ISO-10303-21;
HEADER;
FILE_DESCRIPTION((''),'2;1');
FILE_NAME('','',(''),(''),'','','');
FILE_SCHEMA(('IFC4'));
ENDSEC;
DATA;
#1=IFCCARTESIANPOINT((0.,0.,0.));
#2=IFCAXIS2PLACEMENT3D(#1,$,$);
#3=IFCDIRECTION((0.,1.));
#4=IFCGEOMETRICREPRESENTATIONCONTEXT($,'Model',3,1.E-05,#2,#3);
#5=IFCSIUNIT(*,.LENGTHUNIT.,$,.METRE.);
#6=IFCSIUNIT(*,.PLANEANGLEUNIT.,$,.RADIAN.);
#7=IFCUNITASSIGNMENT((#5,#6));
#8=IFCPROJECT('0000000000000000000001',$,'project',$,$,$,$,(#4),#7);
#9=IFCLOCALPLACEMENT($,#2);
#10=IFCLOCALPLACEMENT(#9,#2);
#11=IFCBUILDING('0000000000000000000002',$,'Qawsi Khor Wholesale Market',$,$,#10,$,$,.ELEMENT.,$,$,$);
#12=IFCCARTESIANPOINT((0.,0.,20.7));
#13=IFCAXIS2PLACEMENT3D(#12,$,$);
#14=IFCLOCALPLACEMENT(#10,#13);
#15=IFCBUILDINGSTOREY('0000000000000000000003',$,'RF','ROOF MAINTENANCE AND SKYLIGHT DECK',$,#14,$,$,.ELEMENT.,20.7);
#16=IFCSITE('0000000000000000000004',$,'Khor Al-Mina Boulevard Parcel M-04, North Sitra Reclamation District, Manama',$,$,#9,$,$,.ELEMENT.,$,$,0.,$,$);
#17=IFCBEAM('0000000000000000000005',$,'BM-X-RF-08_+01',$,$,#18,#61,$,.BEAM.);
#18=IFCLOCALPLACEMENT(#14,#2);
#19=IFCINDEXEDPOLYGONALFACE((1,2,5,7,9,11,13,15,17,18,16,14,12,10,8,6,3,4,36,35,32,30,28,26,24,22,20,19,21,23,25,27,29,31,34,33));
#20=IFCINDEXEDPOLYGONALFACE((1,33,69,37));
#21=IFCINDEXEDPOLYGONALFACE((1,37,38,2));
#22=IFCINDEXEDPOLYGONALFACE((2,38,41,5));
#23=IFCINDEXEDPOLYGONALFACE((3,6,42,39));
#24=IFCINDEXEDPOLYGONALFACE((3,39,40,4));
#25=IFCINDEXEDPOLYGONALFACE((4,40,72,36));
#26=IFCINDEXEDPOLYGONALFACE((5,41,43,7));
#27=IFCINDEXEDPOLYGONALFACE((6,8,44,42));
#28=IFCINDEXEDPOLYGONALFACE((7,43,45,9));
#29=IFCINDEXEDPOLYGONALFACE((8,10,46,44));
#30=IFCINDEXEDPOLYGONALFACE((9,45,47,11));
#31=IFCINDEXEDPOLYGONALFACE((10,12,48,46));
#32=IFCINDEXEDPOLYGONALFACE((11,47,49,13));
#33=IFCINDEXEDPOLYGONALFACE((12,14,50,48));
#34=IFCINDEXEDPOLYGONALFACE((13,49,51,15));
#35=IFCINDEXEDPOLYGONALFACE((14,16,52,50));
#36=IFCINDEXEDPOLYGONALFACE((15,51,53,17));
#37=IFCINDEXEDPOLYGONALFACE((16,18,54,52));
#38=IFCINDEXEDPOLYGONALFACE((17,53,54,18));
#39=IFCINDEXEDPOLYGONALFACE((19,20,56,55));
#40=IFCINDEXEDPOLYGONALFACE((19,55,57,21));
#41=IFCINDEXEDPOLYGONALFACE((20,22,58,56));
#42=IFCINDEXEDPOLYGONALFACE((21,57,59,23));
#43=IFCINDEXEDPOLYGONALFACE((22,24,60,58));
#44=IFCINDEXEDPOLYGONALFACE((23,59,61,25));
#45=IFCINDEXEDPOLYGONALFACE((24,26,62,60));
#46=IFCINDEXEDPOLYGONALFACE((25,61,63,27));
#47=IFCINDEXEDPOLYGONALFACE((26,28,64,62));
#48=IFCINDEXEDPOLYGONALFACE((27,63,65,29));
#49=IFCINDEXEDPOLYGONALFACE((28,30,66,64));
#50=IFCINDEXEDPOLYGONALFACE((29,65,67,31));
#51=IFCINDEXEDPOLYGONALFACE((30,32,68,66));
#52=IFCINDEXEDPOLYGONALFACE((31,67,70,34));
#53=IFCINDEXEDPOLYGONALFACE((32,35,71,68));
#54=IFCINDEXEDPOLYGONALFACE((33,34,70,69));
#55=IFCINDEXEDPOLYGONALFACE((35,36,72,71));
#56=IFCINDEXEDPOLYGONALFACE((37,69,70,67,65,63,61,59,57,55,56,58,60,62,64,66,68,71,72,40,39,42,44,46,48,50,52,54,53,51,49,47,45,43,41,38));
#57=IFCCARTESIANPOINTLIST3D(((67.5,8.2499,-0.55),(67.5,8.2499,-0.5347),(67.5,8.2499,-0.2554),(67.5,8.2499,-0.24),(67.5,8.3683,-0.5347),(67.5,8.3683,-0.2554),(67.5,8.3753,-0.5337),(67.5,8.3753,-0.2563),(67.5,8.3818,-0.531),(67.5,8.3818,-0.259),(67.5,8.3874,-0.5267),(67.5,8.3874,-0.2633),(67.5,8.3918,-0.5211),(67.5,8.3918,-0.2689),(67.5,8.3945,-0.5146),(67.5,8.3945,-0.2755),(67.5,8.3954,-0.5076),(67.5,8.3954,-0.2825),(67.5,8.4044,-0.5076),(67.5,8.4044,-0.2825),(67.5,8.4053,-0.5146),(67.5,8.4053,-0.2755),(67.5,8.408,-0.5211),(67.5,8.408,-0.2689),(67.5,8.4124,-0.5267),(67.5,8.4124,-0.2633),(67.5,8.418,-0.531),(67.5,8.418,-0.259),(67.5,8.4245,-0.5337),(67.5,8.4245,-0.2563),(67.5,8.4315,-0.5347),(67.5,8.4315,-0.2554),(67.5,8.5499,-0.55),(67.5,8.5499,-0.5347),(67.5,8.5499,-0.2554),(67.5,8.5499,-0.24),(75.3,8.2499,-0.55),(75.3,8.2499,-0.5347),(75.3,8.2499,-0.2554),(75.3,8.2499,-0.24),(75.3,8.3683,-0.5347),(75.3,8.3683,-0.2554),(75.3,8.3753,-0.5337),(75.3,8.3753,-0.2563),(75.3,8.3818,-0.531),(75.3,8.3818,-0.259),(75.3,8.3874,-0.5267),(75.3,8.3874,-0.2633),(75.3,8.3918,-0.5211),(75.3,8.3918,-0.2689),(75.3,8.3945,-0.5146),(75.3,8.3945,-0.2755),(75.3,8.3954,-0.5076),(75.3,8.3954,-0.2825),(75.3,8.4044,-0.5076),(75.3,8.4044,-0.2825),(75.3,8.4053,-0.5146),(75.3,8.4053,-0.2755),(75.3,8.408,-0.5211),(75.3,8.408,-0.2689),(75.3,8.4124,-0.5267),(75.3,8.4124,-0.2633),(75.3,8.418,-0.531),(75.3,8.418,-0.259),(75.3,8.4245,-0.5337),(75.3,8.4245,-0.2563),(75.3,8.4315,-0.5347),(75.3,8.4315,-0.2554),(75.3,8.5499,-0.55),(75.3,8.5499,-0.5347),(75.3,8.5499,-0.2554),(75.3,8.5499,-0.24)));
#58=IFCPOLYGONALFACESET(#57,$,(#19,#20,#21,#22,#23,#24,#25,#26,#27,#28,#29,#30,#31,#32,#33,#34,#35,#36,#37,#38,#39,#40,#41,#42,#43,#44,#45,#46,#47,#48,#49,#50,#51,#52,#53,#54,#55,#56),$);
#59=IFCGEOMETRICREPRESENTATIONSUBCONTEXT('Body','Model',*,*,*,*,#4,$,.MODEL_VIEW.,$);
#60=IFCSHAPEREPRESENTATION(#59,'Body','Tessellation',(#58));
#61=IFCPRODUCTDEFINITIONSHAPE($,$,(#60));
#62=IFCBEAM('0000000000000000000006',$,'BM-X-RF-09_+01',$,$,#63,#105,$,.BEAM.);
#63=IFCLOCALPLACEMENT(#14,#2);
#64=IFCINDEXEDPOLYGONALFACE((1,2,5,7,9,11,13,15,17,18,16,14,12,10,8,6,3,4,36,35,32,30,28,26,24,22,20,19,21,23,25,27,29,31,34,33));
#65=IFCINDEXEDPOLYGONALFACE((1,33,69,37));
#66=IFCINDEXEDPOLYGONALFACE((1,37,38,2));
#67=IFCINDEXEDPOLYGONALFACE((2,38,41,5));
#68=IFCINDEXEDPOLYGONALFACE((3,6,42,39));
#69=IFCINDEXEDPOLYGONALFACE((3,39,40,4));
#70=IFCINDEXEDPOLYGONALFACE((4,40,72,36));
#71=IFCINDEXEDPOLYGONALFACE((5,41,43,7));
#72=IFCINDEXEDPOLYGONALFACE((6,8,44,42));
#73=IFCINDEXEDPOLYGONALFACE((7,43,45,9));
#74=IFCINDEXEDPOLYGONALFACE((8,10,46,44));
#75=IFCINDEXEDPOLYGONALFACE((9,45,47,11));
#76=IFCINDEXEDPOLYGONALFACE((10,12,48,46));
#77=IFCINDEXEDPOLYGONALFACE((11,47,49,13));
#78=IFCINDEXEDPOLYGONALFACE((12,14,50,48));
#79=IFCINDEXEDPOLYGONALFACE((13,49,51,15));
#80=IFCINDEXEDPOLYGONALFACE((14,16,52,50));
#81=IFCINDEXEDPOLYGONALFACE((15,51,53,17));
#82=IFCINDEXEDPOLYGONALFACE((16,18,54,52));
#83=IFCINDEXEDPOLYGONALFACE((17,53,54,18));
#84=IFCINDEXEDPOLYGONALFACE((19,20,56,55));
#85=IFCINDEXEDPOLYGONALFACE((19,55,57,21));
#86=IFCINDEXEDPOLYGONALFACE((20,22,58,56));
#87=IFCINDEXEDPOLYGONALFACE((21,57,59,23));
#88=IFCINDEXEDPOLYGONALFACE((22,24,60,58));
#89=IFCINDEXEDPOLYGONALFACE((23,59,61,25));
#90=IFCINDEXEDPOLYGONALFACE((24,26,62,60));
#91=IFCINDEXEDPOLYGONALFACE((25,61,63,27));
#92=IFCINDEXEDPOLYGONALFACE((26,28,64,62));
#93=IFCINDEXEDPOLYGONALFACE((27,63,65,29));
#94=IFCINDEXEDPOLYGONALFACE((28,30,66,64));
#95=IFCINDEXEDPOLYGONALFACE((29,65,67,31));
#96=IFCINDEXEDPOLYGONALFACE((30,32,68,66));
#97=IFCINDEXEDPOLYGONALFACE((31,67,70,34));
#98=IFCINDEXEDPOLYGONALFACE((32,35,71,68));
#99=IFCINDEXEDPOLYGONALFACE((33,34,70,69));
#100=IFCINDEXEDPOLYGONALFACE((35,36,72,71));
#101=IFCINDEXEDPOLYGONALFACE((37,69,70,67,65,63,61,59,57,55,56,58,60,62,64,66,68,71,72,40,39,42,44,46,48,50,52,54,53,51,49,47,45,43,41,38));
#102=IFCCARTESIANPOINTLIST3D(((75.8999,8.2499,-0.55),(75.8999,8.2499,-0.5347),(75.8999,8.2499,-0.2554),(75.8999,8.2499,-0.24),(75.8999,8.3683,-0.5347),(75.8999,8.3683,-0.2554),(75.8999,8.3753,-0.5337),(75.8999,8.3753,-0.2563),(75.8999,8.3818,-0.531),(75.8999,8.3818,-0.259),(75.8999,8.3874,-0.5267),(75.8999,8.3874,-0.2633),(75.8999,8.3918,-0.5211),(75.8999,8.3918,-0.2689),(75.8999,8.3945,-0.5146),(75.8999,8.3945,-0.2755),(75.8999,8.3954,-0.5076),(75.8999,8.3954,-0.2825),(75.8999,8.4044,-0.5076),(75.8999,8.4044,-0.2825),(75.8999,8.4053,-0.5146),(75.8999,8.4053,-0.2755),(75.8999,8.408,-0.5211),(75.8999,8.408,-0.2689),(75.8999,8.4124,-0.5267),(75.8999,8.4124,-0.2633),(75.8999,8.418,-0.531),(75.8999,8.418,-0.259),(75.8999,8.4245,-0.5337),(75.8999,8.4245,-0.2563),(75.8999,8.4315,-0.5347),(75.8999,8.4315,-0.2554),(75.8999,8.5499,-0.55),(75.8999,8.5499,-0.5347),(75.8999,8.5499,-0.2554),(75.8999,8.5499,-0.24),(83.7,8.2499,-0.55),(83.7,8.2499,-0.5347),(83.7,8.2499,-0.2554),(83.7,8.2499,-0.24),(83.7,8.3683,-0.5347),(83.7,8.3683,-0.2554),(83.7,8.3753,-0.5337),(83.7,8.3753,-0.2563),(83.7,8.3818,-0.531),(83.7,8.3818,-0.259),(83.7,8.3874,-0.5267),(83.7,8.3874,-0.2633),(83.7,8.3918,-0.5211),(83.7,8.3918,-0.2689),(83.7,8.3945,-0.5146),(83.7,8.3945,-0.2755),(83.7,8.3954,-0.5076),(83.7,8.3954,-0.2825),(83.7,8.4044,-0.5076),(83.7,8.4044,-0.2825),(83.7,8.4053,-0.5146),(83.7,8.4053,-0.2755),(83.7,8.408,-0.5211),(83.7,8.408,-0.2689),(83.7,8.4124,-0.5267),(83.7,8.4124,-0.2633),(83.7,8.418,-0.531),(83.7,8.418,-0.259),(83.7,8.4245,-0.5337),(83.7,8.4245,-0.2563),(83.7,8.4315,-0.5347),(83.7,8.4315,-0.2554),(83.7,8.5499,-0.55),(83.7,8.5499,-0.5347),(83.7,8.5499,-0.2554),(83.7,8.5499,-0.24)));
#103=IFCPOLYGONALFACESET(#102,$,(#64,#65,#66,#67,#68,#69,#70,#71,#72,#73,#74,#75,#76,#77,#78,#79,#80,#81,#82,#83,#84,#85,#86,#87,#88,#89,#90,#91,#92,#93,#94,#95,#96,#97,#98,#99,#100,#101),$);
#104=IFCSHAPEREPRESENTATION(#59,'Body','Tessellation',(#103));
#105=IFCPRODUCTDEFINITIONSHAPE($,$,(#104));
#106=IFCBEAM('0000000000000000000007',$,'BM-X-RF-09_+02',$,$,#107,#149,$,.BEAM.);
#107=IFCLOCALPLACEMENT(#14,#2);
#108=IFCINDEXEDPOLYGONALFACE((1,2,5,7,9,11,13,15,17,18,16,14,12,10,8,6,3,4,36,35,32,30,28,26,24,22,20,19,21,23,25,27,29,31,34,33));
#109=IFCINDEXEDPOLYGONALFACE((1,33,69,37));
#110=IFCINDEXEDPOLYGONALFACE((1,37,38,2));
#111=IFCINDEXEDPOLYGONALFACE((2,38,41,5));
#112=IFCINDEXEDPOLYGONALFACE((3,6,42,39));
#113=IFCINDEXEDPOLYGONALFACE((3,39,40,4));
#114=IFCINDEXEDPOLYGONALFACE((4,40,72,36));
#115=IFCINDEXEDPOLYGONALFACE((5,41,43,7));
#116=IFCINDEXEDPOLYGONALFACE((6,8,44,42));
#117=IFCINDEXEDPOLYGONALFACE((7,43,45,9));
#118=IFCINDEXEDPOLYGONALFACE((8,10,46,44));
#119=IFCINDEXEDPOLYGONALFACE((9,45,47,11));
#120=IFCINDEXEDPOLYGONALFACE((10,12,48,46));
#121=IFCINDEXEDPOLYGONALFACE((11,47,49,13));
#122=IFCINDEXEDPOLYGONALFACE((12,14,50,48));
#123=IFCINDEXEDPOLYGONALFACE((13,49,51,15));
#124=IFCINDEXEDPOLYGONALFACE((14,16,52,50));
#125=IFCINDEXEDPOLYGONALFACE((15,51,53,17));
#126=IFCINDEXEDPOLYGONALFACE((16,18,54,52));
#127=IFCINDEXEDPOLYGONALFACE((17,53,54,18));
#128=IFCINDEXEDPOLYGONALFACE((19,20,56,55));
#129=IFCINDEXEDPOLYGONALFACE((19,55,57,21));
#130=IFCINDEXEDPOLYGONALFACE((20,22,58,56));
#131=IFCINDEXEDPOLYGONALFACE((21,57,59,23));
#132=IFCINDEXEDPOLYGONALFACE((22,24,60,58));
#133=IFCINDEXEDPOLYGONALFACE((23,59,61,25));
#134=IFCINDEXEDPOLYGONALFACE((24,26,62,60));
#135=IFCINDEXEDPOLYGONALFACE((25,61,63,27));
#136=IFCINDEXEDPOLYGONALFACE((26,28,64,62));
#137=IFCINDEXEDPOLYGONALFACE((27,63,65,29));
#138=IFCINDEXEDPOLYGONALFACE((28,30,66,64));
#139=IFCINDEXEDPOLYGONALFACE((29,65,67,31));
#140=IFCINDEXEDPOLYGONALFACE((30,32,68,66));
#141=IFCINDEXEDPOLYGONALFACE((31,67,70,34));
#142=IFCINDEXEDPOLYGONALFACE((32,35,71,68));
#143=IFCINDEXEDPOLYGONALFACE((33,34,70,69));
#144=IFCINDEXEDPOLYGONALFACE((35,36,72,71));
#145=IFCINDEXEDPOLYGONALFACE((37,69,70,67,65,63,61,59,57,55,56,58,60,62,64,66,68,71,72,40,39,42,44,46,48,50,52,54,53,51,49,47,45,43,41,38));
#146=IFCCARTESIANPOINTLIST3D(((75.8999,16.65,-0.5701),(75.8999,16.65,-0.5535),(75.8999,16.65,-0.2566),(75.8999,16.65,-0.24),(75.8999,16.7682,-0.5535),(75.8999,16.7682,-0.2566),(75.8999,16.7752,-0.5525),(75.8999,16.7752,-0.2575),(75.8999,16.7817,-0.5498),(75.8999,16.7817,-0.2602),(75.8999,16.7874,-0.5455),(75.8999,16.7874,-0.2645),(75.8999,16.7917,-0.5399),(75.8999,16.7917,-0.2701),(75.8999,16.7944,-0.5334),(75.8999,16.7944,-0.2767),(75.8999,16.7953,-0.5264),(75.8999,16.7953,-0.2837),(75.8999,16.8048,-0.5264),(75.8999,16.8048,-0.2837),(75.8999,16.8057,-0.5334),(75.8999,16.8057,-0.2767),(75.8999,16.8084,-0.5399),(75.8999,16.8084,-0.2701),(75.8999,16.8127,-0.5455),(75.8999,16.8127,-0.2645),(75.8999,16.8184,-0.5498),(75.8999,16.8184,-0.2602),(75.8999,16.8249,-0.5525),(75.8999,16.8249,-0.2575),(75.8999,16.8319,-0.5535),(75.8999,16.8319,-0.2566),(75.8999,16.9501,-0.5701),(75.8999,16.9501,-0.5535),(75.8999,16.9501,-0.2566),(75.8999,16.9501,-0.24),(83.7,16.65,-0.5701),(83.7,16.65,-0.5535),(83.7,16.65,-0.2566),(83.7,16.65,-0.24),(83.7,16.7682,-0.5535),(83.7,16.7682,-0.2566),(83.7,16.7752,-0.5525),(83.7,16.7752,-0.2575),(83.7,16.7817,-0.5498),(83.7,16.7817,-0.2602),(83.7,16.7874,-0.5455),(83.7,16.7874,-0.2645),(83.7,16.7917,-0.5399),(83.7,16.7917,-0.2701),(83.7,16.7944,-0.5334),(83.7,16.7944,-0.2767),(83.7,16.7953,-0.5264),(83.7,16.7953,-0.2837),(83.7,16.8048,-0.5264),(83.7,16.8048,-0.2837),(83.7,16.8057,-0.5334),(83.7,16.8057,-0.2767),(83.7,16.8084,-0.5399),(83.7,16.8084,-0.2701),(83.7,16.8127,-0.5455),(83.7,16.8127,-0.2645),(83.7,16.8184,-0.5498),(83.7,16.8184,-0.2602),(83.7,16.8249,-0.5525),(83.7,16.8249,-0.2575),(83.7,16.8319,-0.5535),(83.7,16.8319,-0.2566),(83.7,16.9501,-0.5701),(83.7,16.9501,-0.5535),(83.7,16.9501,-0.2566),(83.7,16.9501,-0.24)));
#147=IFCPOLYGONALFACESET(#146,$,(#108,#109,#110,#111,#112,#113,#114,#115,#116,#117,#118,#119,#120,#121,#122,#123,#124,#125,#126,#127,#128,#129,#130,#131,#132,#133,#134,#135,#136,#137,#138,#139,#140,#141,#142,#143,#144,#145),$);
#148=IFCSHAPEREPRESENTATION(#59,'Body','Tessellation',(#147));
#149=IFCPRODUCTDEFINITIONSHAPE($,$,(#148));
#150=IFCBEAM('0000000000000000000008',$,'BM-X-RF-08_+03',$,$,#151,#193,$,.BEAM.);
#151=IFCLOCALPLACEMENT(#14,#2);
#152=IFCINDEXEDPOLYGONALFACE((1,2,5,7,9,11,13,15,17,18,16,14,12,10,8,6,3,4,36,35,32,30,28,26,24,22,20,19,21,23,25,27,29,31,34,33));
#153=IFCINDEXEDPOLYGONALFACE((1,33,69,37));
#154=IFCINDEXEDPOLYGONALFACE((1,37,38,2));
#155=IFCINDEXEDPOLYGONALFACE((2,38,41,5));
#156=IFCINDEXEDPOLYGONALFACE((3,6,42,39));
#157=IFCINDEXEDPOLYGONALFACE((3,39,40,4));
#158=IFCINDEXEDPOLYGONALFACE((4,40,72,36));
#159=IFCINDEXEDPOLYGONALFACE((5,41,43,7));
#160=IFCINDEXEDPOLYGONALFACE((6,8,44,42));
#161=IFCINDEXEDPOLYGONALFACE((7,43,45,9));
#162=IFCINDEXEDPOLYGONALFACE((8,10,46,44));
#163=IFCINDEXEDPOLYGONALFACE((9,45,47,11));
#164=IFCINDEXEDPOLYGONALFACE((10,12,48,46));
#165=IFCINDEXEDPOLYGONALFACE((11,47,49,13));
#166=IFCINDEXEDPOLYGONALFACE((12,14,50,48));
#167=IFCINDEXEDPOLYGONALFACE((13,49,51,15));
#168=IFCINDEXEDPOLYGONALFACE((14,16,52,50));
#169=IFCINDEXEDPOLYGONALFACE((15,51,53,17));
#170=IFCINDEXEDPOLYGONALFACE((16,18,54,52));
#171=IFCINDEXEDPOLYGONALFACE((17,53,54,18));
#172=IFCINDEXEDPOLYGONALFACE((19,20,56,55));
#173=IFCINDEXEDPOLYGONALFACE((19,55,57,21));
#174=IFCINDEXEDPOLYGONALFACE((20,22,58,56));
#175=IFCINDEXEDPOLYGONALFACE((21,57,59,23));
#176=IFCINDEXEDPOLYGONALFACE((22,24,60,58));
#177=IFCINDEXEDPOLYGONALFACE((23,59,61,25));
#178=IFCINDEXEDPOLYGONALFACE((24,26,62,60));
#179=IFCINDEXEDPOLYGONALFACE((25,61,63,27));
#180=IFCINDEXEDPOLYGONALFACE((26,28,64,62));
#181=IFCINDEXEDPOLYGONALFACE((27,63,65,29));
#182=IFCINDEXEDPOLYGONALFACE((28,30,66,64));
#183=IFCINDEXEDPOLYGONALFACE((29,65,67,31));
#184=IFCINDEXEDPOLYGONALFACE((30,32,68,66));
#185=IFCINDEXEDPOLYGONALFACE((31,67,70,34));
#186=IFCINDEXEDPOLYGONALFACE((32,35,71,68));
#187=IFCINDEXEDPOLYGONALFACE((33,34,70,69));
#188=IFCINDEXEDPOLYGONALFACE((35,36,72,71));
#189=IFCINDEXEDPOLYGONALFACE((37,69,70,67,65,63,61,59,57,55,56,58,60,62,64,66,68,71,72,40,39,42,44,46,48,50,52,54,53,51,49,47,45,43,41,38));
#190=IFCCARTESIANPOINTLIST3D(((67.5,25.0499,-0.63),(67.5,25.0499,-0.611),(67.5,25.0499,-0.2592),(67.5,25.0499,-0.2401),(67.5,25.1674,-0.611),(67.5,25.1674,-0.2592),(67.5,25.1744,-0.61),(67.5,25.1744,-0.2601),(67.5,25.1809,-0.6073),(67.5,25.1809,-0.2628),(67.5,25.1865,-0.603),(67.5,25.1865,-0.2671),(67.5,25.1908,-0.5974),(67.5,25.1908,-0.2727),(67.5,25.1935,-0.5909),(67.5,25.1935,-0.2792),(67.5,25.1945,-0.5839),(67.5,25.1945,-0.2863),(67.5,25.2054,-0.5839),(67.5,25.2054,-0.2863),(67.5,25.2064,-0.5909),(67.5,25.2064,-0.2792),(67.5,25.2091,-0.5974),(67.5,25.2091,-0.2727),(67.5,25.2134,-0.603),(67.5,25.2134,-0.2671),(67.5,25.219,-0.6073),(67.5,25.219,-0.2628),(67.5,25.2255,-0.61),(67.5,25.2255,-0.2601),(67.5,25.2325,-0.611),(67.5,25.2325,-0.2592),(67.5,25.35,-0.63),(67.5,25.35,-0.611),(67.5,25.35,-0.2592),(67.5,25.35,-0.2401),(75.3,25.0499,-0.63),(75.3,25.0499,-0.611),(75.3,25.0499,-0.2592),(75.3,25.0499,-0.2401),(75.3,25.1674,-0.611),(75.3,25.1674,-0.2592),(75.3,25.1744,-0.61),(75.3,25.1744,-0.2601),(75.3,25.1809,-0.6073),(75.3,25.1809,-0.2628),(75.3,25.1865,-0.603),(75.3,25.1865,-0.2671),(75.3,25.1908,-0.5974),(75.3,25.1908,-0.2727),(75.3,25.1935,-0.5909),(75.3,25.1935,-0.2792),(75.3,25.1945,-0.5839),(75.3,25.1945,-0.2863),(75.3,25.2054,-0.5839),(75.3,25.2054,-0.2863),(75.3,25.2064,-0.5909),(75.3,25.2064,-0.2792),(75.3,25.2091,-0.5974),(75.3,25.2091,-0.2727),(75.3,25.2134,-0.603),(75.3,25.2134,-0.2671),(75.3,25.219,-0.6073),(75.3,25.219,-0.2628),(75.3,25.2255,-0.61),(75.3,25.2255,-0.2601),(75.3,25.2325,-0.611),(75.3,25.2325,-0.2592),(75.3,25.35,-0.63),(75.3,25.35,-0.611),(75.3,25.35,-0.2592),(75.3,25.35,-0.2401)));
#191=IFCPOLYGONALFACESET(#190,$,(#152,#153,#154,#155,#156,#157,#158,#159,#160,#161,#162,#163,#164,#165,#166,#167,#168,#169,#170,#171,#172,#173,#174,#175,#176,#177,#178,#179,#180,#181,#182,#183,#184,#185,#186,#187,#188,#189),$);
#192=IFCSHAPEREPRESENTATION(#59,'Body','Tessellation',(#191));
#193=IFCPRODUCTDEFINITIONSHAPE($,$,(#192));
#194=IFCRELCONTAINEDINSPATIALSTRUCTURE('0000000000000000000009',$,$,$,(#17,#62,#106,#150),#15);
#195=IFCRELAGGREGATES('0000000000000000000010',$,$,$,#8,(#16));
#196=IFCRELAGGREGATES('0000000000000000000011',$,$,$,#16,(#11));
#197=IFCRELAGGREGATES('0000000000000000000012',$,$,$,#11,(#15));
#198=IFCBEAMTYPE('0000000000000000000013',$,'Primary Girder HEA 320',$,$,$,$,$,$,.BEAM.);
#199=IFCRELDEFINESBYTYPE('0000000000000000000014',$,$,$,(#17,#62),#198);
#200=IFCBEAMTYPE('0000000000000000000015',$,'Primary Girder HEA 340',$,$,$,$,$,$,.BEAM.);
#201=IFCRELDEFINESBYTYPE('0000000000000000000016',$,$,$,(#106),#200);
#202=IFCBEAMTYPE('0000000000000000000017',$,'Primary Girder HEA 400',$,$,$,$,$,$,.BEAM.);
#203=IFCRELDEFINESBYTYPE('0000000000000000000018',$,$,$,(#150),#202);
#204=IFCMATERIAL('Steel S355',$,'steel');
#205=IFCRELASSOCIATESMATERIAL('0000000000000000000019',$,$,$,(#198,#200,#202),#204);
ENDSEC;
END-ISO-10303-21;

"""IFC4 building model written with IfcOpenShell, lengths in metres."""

from ifc_helpers import new_model, si_unit, direction, frame, origin, origin_2d, place, context, subcontext, project, spatial, i_section, extrude, material, material_profile, profile_set, type_object, element, save


model = new_model("IFC4")

# Units and contexts
model_context = context("Model", 3, precision=1e-05, world=origin(), true_north=direction((0.0, 1.0)))
body_context = subcontext(model_context, "Body", "Model", "MODEL_VIEW")
ifc_project = project(units=[si_unit("LENGTHUNIT", "METRE"), si_unit("PLANEANGLEUNIT", "RADIAN")], contexts=[model_context])

# Site, building, storey
site_placement = place(None, origin())
site = spatial("IfcSite", under=ifc_project, at=site_placement, Name="Khor Al-Mina Boulevard Parcel M-04, North Sitra Reclamation District, Manama", CompositionType="ELEMENT", RefElevation=0.0)
building_placement = place(site_placement, origin())
building = spatial("IfcBuilding", under=site, at=building_placement, Name="Qawsi Khor Wholesale Market", CompositionType="ELEMENT")
storey_placement = place(building_placement, frame((0.0, 0.0, 20.7)))
storey = spatial("IfcBuildingStorey", under=building, at=storey_placement, Name="RF", Description="ROOF MAINTENANCE AND SKYLIGHT DECK", CompositionType="ELEMENT", Elevation=20.7)

# Shared definitions
ifc_material_1 = material(Name="Steel S355", Category="steel")

# Beams
ifc_material_profile_1 = material_profile(ifc_material_1, i_section(OverallWidth=0.3, OverallDepth=0.3101, WebThickness=0.009, FlangeThickness=0.0154, FilletRadius=0.0271, at=origin_2d()), Name="HEA 320")
ifc_profile_set_1 = profile_set([ifc_material_profile_1], Name="Steel S355")
beam_type_1 = type_object("IfcBeamType", Name="Primary Girder HEA 320", PredefinedType="BEAM", material=ifc_profile_set_1)
for number, where, z_axis, x_axis, name in (
    (1, (67.5, 8.3999, -0.395), (1.0, 0.0, 0.0), (0.0, 1.0, 0.0), "BM-X-RF-08_+01"),
    (2, (75.8999, 8.3999, -0.395), (1.0, 0.0, 0.0), (0.0, 1.0, 0.0), "BM-X-RF-09_+01"),
):
    element("IfcBeam", number, at=place(storey_placement, frame(where, z_axis=z_axis, x_axis=x_axis)), inside=storey, type_object=beam_type_1, Name=name, PredefinedType="BEAM", context=body_context, shape_type="SweptSolid", body=[
        extrude(i_section(OverallWidth=0.3, OverallDepth=0.3101, WebThickness=0.009, FlangeThickness=0.0154, FilletRadius=0.0271, at=origin_2d()), origin(), (0.0, 0.0, 1.0), 7.8),
    ])
ifc_material_profile_2 = material_profile(ifc_material_1, i_section(OverallWidth=0.3, OverallDepth=0.3301, WebThickness=0.0095, FlangeThickness=0.0166, FilletRadius=0.0271, at=origin_2d()), Name="HEA 340")
ifc_profile_set_2 = profile_set([ifc_material_profile_2], Name="Steel S355")
beam_type_2 = type_object("IfcBeamType", Name="Primary Girder HEA 340", PredefinedType="BEAM", material=ifc_profile_set_2)
beam_1_placement = place(storey_placement, frame((75.8999, 16.8, -0.405), z_axis=(1.0, 0.0, 0.0), x_axis=(0.0, 1.0, 0.0)))
element("IfcBeam", 3, at=beam_1_placement, inside=storey, type_object=beam_type_2, Name="BM-X-RF-09_+02", PredefinedType="BEAM", context=body_context, shape_type="SweptSolid", body=[
    extrude(i_section(OverallWidth=0.3, OverallDepth=0.3301, WebThickness=0.0095, FlangeThickness=0.0166, FilletRadius=0.0271, at=origin_2d()), origin(), (0.0, 0.0, 1.0), 7.8),
])
ifc_material_profile_3 = material_profile(ifc_material_1, i_section(OverallWidth=0.3, OverallDepth=0.3899, WebThickness=0.011, FlangeThickness=0.019, FilletRadius=0.0271, at=origin_2d()), Name="HEA 400")
ifc_profile_set_3 = profile_set([ifc_material_profile_3], Name="Steel S355")
beam_type_3 = type_object("IfcBeamType", Name="Primary Girder HEA 400", PredefinedType="BEAM", material=ifc_profile_set_3)
for number, where, z_axis, x_axis, name in (
    (4, (67.5, 25.2, -0.4351), (1.0, 0.0, 0.0), (0.0, 1.0, 0.0), "BM-X-RF-08_+03"),
):
    element("IfcBeam", number, at=place(storey_placement, frame(where, z_axis=z_axis, x_axis=x_axis)), inside=storey, type_object=beam_type_3, Name=name, PredefinedType="BEAM", context=body_context, shape_type="SweptSolid", body=[
        extrude(i_section(OverallWidth=0.3, OverallDepth=0.3899, WebThickness=0.011, FlangeThickness=0.019, FilletRadius=0.0271, at=origin_2d()), origin(), (0.0, 0.0, 1.0), 7.8),
    ])

save(model, "model.ifc")
